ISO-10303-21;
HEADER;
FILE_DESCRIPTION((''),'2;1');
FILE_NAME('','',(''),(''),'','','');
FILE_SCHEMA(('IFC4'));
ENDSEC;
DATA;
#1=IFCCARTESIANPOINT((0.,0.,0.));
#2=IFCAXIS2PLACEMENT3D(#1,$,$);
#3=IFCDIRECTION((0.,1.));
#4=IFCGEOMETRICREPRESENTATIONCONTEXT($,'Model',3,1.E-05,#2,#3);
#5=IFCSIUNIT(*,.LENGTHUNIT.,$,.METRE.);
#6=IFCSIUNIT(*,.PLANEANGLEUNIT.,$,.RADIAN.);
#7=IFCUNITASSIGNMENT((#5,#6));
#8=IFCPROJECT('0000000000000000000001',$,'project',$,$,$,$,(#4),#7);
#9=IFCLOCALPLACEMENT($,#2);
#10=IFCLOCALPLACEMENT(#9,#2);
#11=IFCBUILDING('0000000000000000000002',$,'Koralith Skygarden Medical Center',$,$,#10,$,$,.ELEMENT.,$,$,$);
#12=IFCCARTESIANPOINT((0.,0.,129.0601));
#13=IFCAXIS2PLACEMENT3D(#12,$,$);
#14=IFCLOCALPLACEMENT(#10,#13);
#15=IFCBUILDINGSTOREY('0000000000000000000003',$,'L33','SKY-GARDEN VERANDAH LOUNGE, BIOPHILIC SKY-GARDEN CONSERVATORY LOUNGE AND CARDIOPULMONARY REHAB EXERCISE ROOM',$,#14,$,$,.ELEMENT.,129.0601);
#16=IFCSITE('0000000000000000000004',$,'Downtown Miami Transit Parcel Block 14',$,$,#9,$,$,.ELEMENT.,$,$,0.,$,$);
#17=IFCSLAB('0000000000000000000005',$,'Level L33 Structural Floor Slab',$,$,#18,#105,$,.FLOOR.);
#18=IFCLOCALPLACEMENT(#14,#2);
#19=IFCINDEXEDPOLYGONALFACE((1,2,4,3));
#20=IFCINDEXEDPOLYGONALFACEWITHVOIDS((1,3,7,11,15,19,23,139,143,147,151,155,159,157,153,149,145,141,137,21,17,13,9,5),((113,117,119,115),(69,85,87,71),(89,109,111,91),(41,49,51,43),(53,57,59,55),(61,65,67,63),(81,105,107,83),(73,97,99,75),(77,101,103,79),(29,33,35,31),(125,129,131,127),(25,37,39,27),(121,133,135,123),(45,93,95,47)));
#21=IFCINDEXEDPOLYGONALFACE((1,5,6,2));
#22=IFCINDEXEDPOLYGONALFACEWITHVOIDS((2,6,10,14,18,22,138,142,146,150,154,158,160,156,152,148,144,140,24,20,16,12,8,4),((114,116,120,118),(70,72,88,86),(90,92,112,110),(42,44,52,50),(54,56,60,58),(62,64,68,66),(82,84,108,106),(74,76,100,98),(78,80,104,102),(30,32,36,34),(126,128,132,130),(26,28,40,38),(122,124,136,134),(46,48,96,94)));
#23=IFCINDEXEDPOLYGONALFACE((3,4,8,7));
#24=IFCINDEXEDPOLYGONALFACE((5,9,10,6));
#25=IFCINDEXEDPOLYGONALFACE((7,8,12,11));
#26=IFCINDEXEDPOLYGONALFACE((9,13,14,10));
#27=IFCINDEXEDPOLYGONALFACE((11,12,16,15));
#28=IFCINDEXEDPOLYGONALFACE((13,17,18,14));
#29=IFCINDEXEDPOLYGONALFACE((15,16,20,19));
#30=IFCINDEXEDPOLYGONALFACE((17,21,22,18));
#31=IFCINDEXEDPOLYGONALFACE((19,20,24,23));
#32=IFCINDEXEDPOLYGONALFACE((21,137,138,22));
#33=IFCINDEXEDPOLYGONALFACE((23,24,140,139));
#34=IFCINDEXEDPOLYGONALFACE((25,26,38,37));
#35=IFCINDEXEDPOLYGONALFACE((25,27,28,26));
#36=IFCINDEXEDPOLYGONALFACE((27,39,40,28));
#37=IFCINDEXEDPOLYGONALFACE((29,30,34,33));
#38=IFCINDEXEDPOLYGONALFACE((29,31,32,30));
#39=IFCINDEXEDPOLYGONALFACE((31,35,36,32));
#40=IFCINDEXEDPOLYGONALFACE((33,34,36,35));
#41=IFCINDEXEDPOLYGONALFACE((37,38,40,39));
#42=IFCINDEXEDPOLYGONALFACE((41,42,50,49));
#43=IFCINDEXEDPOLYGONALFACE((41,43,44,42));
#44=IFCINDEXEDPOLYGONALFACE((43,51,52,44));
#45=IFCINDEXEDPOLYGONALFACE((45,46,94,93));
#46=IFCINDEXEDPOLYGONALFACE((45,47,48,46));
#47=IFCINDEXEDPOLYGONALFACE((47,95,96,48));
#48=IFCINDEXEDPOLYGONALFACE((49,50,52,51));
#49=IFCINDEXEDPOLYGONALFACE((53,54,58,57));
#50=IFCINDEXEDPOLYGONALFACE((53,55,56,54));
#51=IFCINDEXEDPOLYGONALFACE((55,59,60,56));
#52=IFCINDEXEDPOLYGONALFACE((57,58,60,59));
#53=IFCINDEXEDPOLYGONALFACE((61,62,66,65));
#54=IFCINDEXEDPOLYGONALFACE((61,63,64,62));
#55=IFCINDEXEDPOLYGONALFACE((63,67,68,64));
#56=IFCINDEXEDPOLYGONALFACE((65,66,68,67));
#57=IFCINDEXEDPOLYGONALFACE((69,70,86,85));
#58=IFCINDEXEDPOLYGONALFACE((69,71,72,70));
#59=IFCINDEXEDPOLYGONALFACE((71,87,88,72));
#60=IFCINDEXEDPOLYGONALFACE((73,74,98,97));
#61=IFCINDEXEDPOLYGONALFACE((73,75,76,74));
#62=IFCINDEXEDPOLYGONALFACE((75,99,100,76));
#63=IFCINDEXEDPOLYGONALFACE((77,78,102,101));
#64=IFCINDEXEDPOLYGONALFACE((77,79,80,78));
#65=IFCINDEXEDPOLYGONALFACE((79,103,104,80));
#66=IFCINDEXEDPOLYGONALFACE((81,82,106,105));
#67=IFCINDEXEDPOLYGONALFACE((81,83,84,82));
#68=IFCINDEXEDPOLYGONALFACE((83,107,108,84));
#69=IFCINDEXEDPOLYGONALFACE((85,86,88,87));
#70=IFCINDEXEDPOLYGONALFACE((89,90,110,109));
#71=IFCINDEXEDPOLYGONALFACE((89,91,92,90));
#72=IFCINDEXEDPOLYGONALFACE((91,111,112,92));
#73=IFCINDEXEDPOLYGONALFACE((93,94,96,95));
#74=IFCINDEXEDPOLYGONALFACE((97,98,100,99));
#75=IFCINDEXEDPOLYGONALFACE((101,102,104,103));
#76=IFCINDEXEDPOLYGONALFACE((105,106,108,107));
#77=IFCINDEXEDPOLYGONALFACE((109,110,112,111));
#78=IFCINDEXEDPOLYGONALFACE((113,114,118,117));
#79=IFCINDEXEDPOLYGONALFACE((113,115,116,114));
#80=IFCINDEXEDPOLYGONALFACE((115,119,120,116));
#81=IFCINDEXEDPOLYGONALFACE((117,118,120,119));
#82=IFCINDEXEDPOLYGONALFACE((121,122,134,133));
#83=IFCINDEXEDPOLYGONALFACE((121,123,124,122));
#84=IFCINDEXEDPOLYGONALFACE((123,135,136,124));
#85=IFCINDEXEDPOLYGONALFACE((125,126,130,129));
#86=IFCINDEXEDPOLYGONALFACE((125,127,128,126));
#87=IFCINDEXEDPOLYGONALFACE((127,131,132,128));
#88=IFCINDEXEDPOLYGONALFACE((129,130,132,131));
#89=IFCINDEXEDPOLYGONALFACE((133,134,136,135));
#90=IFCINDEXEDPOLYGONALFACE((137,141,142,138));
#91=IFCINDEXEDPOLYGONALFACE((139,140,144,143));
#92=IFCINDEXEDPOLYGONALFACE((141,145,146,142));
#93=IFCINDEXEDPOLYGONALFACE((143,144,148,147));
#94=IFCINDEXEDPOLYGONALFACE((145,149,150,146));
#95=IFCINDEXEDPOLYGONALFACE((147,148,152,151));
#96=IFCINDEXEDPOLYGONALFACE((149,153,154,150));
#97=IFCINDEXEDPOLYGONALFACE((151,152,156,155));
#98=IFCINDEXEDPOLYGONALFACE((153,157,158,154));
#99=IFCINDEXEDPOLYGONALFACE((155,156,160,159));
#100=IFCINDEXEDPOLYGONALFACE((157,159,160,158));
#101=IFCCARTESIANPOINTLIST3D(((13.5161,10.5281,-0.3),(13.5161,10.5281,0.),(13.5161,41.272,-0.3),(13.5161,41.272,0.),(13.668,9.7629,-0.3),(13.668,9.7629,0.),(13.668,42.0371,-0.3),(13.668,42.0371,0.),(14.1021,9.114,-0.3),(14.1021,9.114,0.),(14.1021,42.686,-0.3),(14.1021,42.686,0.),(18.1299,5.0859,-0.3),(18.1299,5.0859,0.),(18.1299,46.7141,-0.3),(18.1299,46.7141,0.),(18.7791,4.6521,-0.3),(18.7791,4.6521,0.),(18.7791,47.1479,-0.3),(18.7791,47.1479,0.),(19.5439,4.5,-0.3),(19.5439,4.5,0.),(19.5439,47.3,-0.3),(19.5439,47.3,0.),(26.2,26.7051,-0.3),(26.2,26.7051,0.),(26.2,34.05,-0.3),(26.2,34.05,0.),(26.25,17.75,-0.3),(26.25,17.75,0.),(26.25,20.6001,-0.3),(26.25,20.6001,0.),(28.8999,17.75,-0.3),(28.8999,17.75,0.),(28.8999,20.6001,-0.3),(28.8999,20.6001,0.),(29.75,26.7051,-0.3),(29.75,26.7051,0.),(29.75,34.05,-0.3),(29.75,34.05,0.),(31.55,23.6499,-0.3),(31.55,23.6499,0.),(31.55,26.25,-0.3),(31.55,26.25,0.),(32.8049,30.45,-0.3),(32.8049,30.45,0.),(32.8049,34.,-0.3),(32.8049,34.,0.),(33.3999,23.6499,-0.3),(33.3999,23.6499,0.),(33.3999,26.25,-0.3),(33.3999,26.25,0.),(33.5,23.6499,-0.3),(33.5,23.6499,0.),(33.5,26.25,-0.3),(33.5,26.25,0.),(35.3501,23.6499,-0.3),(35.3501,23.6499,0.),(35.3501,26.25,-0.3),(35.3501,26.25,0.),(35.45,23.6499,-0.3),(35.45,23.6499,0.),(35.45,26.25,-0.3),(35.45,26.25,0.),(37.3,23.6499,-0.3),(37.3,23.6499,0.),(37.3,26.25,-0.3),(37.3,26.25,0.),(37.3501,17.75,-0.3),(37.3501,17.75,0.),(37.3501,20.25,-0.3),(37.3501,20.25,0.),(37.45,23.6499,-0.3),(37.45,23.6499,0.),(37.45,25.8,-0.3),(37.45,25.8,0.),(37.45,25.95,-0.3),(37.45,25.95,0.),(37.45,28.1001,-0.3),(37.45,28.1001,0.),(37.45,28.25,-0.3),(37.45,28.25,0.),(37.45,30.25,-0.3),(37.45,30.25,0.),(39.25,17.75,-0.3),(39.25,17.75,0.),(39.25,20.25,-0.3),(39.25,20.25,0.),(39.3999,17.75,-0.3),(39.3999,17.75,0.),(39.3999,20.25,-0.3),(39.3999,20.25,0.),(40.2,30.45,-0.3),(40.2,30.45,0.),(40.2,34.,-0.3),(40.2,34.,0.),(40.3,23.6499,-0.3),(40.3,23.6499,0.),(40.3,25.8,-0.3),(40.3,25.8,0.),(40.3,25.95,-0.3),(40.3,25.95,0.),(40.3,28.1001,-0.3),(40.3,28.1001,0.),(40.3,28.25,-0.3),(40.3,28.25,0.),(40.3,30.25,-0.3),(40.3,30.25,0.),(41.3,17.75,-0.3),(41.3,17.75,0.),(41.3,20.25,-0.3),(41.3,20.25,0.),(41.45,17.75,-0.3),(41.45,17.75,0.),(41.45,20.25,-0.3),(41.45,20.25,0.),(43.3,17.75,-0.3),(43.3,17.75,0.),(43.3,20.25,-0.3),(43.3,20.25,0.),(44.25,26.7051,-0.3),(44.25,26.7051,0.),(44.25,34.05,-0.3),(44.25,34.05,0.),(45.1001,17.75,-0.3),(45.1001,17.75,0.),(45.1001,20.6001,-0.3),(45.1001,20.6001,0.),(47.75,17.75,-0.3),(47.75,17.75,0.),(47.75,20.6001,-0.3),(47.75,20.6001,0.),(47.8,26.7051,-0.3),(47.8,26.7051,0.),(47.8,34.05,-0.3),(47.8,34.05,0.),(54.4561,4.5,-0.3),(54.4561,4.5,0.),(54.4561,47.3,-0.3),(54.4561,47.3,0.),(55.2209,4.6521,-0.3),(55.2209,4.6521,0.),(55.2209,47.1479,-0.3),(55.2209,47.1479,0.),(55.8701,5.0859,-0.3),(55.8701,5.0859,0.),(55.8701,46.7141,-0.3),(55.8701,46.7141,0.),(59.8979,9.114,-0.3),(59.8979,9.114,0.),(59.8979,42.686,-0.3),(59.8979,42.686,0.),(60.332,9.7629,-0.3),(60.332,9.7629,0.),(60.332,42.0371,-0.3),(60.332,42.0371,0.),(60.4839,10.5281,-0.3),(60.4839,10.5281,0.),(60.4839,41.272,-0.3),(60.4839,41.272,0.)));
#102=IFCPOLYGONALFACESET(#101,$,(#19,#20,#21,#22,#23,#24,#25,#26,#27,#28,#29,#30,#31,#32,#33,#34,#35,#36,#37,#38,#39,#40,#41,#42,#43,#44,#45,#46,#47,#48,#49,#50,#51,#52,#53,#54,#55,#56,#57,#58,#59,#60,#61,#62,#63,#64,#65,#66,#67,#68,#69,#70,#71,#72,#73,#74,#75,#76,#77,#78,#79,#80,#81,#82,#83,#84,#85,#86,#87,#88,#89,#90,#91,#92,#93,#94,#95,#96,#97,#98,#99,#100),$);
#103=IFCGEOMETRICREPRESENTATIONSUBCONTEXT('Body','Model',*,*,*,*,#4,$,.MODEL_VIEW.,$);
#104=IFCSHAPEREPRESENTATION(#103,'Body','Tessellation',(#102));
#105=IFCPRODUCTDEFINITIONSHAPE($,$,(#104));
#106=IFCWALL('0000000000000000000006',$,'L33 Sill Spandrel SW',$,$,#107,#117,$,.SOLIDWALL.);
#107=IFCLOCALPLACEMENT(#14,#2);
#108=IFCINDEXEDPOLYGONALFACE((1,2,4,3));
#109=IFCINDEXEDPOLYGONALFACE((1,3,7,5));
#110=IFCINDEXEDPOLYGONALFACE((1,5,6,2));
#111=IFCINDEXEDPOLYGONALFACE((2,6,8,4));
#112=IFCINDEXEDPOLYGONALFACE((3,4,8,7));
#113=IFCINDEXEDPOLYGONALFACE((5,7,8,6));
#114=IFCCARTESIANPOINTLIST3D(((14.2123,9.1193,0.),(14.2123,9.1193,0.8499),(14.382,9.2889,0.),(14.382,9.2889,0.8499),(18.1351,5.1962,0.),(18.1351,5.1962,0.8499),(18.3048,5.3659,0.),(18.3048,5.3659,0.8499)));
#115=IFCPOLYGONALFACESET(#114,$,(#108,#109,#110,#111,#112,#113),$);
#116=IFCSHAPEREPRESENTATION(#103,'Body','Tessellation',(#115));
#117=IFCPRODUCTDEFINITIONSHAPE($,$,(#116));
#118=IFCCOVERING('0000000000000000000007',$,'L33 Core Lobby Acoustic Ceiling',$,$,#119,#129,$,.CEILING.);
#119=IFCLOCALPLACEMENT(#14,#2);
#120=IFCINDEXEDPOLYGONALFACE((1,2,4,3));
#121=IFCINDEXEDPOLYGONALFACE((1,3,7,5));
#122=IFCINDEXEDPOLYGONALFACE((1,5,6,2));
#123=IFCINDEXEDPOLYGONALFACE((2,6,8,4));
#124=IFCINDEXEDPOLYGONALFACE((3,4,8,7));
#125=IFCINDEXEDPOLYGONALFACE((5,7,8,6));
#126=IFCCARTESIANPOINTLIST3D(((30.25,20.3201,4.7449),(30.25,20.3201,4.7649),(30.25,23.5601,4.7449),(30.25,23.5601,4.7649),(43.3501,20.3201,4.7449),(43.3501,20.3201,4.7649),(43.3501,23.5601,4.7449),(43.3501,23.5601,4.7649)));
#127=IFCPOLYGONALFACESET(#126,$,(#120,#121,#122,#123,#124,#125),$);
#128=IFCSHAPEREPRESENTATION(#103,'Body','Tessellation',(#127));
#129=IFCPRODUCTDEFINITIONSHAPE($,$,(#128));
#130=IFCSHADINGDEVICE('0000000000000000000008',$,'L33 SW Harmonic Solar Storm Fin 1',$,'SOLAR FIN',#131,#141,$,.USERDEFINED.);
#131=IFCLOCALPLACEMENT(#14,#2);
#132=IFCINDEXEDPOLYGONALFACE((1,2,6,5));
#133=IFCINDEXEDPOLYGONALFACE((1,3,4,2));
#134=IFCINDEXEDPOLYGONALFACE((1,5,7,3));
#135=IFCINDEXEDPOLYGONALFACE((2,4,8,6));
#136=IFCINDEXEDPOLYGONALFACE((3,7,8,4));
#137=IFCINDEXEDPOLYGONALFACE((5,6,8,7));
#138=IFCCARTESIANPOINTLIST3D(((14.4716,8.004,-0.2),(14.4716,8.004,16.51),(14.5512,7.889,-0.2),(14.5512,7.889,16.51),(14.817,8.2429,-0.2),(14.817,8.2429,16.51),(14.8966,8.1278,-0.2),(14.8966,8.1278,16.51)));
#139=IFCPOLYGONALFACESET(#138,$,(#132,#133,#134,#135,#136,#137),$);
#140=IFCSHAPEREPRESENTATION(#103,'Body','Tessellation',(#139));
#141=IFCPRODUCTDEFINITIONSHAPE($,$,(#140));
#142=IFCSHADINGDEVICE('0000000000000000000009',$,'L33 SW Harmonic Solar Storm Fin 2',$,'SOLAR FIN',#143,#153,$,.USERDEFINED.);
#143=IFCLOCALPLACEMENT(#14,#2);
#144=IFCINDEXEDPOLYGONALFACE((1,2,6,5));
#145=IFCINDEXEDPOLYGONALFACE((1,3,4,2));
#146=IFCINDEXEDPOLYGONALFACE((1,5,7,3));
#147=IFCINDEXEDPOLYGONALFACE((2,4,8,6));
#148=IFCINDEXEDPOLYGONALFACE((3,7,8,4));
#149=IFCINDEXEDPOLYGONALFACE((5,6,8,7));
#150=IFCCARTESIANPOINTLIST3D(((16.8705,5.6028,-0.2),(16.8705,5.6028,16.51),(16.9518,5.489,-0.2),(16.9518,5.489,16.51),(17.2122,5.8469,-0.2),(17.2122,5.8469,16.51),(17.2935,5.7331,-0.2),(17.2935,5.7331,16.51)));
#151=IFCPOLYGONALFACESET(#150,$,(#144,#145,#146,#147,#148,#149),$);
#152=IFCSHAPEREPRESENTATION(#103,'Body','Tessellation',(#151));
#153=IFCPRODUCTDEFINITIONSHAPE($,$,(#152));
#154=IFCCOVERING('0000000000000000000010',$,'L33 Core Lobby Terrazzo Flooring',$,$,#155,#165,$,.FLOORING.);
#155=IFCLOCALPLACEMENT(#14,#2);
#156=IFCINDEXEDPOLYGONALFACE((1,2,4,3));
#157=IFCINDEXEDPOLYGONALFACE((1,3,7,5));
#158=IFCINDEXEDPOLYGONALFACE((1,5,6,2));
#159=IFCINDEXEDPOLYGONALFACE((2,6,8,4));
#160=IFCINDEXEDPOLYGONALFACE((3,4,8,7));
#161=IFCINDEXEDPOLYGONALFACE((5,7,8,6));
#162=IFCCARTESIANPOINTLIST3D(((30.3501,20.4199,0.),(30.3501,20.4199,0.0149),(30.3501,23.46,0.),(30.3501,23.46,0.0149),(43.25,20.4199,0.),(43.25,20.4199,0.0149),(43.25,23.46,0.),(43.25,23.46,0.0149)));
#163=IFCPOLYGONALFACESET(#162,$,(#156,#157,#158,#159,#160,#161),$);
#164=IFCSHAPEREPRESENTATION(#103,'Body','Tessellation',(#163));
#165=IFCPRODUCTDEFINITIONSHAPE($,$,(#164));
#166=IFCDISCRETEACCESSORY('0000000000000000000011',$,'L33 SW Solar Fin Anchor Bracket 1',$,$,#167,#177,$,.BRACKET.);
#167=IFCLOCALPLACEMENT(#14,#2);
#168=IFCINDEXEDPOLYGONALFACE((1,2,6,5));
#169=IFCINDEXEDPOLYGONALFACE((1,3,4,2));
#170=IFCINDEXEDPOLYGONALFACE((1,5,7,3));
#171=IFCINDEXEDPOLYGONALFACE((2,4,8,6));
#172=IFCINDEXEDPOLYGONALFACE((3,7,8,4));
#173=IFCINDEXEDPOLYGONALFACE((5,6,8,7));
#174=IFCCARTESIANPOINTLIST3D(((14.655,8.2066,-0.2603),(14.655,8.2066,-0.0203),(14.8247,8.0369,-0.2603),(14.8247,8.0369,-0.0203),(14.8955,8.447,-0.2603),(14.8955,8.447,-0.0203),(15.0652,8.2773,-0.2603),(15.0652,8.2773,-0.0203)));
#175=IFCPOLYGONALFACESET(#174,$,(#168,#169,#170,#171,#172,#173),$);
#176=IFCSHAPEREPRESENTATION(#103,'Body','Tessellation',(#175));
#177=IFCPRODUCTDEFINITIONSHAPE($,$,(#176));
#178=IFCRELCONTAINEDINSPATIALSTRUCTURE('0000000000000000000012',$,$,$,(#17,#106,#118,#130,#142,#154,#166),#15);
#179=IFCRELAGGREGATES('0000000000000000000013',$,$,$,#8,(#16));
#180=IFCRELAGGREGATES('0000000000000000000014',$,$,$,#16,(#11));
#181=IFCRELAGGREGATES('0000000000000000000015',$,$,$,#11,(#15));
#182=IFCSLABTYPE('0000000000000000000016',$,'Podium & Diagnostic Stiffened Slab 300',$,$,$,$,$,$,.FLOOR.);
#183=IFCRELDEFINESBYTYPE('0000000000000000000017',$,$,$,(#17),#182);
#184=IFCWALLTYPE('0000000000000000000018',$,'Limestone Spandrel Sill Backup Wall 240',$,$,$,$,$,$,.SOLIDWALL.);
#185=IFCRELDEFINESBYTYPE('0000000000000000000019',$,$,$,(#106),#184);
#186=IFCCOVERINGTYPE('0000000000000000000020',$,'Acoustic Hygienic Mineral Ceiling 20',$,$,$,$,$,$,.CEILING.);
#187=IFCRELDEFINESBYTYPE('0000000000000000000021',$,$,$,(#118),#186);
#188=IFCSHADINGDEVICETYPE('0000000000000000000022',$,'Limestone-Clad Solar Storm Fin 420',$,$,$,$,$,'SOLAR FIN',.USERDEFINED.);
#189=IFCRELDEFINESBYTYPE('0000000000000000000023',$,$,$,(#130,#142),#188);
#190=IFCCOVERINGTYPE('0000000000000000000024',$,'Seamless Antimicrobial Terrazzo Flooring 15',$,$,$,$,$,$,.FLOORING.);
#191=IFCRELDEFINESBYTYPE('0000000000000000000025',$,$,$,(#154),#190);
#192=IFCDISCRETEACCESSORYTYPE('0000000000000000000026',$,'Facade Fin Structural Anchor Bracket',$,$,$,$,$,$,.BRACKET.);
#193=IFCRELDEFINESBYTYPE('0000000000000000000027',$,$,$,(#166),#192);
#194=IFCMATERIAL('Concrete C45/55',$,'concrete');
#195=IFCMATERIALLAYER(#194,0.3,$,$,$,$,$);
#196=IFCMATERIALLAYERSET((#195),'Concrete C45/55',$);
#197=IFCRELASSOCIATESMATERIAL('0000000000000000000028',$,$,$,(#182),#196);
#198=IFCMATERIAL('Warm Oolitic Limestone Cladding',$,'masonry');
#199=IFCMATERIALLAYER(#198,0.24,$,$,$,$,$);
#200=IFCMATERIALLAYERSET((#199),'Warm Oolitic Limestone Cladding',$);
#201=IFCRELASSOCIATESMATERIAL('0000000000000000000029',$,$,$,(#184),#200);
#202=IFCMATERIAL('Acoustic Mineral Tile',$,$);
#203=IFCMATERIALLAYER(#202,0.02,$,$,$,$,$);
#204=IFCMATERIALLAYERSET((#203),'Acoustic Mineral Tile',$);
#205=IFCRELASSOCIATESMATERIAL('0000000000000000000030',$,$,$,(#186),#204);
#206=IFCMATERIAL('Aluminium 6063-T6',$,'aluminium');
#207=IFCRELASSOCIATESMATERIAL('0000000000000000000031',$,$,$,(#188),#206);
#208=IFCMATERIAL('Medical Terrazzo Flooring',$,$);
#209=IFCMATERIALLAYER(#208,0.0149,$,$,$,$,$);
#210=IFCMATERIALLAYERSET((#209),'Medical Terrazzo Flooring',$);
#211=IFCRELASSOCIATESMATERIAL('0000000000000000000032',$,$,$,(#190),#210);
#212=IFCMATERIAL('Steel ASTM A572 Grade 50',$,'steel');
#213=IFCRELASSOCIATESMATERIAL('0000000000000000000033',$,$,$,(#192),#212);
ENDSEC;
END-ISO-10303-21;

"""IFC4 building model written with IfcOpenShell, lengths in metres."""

from ifc_helpers import new_model, si_unit, direction, frame, frame_2d, origin, origin_2d, place, context, subcontext, project, spatial, polyline, rectangle, outline, extrude, material, layer, layer_set, type_object, element, save


model = new_model("IFC4")

# Units and contexts
model_context = context("Model", 3, precision=1e-05, world=origin(), true_north=direction((0.0, 1.0)))
body_context = subcontext(model_context, "Body", "Model", "MODEL_VIEW")
ifc_project = project(units=[si_unit("LENGTHUNIT", "METRE"), si_unit("PLANEANGLEUNIT", "RADIAN")], contexts=[model_context])

# Site, building, storey
site_placement = place(None, origin())
site = spatial("IfcSite", under=ifc_project, at=site_placement, Name="Downtown Miami Transit Parcel Block 14", CompositionType="ELEMENT", RefElevation=0.0)
building_placement = place(site_placement, origin())
building = spatial("IfcBuilding", under=site, at=building_placement, Name="Koralith Skygarden Medical Center", CompositionType="ELEMENT")
storey_placement = place(building_placement, frame((0.0, 0.0, 129.0601)))
storey = spatial("IfcBuildingStorey", under=building, at=storey_placement, Name="L33", Description="SKY-GARDEN VERANDAH LOUNGE, BIOPHILIC SKY-GARDEN CONSERVATORY LOUNGE AND CARDIOPULMONARY REHAB EXERCISE ROOM", CompositionType="ELEMENT", Elevation=129.0601)

# Shared definitions
ifc_material_1 = material(Name="Aluminium 6063-T6", Category="aluminium")

# Shared definitions
ifc_material_2 = material(Name="Concrete C45/55", Category="concrete")

# Slab
ifc_layer_1 = layer(ifc_material_2, 0.3)
ifc_layer_set_1 = layer_set([ifc_layer_1], Name="Concrete C45/55")
slab_type_1 = type_object("IfcSlabType", Name="Podium & Diagnostic Stiffened Slab 300", PredefinedType="FLOOR", material=ifc_layer_set_1)
slab_1_placement = place(storey_placement, frame((0.0, 0.0, -0.3)))
element("IfcSlab", 1, at=slab_1_placement, inside=storey, type_object=slab_type_1, Name="Level L33 Structural Floor Slab", PredefinedType="FLOOR", context=body_context, shape_type="SweptSolid", body=[
    extrude(outline(polyline([(18.1299, 5.0859), (18.7791, 4.6521), (19.5439, 4.5), (54.4561, 4.5), (55.2209, 4.6521), (55.8701, 5.0859), (59.8979, 9.114), (60.332, 9.7629), (60.4839, 10.5281), (60.4839, 41.272), (60.332, 42.0371), (59.8979, 42.686), (55.8701, 46.7141), (55.2209, 47.1479), (54.4561, 47.3), (19.5439, 47.3), (18.7791, 47.1479), (18.1299, 46.7141), (14.1021, 42.686), (13.668, 42.0371), (13.5161, 41.272), (13.5161, 10.5281), (13.668, 9.7629), (14.1021, 9.114), (18.1299, 5.0859)]), holes=[polyline([(26.2, 26.7051), (29.75, 26.7051), (29.75, 34.05), (26.2, 34.05), (26.2, 26.7051)]), polyline([(44.25, 26.7051), (47.8, 26.7051), (47.8, 34.05), (44.25, 34.05), (44.25, 26.7051)]), polyline([(32.8049, 30.45), (40.2, 30.45), (40.2, 34.0), (32.8049, 34.0), (32.8049, 30.45)]), polyline([(26.25, 17.75), (28.8999, 17.75), (28.8999, 20.6001), (26.25, 20.6001), (26.25, 17.75)]), polyline([(45.1001, 17.75), (47.75, 17.75), (47.75, 20.6001), (45.1001, 20.6001), (45.1001, 17.75)]), polyline([(37.3501, 17.75), (39.25, 17.75), (39.25, 20.25), (37.3501, 20.25), (37.3501, 17.75)]), polyline([(39.3999, 17.75), (41.3, 17.75), (41.3, 20.25), (39.3999, 20.25), (39.3999, 17.75)]), polyline([(41.45, 17.75), (43.3, 17.75), (43.3, 20.25), (41.45, 20.25), (41.45, 17.75)]), polyline([(31.55, 23.6499), (33.3999, 23.6499), (33.3999, 26.25), (31.55, 26.25), (31.55, 23.6499)]), polyline([(33.5, 23.6499), (35.3501, 23.6499), (35.3501, 26.25), (33.5, 26.25), (33.5, 23.6499)]), polyline([(35.45, 23.6499), (37.3, 23.6499), (37.3, 26.25), (35.45, 26.25), (35.45, 23.6499)]), polyline([(37.45, 23.6499), (40.3, 23.6499), (40.3, 25.8), (37.45, 25.8), (37.45, 23.6499)]), polyline([(37.45, 25.95), (40.3, 25.95), (40.3, 28.1001), (37.45, 28.1001), (37.45, 25.95)]), polyline([(37.45, 28.25), (40.3, 28.25), (40.3, 30.25), (37.45, 30.25), (37.45, 28.25)])]), origin(), (0.0, 0.0, 1.0), 0.3),
])

# Wall
ifc_material_3 = material(Name="Warm Oolitic Limestone Cladding", Category="masonry")
ifc_layer_2 = layer(ifc_material_3, 0.24)
ifc_layer_set_2 = layer_set([ifc_layer_2], Name="Warm Oolitic Limestone Cladding")
wall_type = type_object("IfcWallType", Name="Limestone Spandrel Sill Backup Wall 240", PredefinedType="SOLIDWALL", material=ifc_layer_set_2)
wall_placement = place(storey_placement, frame((14.2971, 9.2041, 0.0), z_axis=(0.0, 0.0, 1.0), x_axis=(0.707085, -0.707129, 0.0)))
element("IfcWall", 2, at=wall_placement, inside=storey, type_object=wall_type, Name="L33 Sill Spandrel SW", PredefinedType="SOLIDWALL", context=body_context, shape_type="SweptSolid", body=[
    extrude(rectangle(XDim=5.5479, YDim=0.24, at=frame_2d((2.7739, 0.0))), origin(), (0.0, 0.0, 1.0), 0.8499),
])

# Covering
ifc_material_4 = material(Name="Acoustic Mineral Tile")
ifc_layer_3 = layer(ifc_material_4, 0.02)
ifc_layer_set_3 = layer_set([ifc_layer_3], Name="Acoustic Mineral Tile")
covering_type_1 = type_object("IfcCoveringType", Name="Acoustic Hygienic Mineral Ceiling 20", PredefinedType="CEILING", material=ifc_layer_set_3)
covering_1_placement = place(storey_placement, frame((0.0, 0.0, 4.7449)))
element("IfcCovering", 3, at=covering_1_placement, inside=storey, type_object=covering_type_1, Name="L33 Core Lobby Acoustic Ceiling", PredefinedType="CEILING", context=body_context, shape_type="SweptSolid", body=[
    extrude(outline(polyline([(30.25, 20.3201), (43.3501, 20.3201), (43.3501, 23.5601), (30.25, 23.5601), (30.25, 20.3201)])), origin(), (0.0, 0.0, 1.0), 0.02),
])

# Shading devices
shading_device_type = type_object("IfcShadingDeviceType", Name="Limestone-Clad Solar Storm Fin 420", ElementType="SOLAR FIN", PredefinedType="USERDEFINED", material=ifc_material_1)
for number, where, z_axis, x_axis, name in (
    (4, (14.6841, 8.0659, -0.2), (0.0, 0.0, 1.0), (-0.822432, -0.568863, 0.0), "L33 SW Harmonic Solar Storm Fin 1"),
    (5, (17.082, 5.668, -0.2), (0.0, 0.0, 1.0), (-0.81369, -0.5813, 0.0), "L33 SW Harmonic Solar Storm Fin 2"),
):
    element("IfcShadingDevice", number, at=place(storey_placement, frame(where, z_axis=z_axis, x_axis=x_axis)), inside=storey, type_object=shading_device_type, Name=name, ObjectType="SOLAR FIN", PredefinedType="USERDEFINED", context=body_context, shape_type="SweptSolid", body=[
        extrude(rectangle(XDim=0.4199, YDim=0.1399, at=origin_2d()), origin(), (0.0, 0.0, 1.0), 16.71),
    ])

# Covering
ifc_material_5 = material(Name="Medical Terrazzo Flooring")
ifc_layer_4 = layer(ifc_material_5, 0.0149)
ifc_layer_set_4 = layer_set([ifc_layer_4], Name="Medical Terrazzo Flooring")
covering_type_2 = type_object("IfcCoveringType", Name="Seamless Antimicrobial Terrazzo Flooring 15", PredefinedType="FLOORING", material=ifc_layer_set_4)
covering_2_placement = place(storey_placement, origin())
element("IfcCovering", 6, at=covering_2_placement, inside=storey, type_object=covering_type_2, Name="L33 Core Lobby Terrazzo Flooring", PredefinedType="FLOORING", context=body_context, shape_type="SweptSolid", body=[
    extrude(outline(polyline([(30.3501, 20.4199), (43.25, 20.4199), (43.25, 23.46), (30.3501, 23.46), (30.3501, 20.4199)])), origin(), (0.0, 0.0, 1.0), 0.0149),
])

# Discrete accessory
ifc_material_6 = material(Name="Steel ASTM A572 Grade 50", Category="steel")
discrete_accessory_type = type_object("IfcDiscreteAccessoryType", Name="Facade Fin Structural Anchor Bracket", PredefinedType="BRACKET", material=ifc_material_6)
for number, where, z_axis, x_axis, name in (
    (7, (14.8601, 8.2419, -0.2603), (0.0, 0.0, 1.0), (-0.707107, -0.707107, 0.0), "L33 SW Solar Fin Anchor Bracket 1"),
):
    element("IfcDiscreteAccessory", number, at=place(storey_placement, frame(where, z_axis=z_axis, x_axis=x_axis)), inside=storey, type_object=discrete_accessory_type, Name=name, PredefinedType="BRACKET", context=body_context, shape_type="SweptSolid", body=[
        extrude(rectangle(XDim=0.3401, YDim=0.24, at=origin_2d()), origin(), (0.0, 0.0, 1.0), 0.24),
    ])

save(model, "model.ifc")
